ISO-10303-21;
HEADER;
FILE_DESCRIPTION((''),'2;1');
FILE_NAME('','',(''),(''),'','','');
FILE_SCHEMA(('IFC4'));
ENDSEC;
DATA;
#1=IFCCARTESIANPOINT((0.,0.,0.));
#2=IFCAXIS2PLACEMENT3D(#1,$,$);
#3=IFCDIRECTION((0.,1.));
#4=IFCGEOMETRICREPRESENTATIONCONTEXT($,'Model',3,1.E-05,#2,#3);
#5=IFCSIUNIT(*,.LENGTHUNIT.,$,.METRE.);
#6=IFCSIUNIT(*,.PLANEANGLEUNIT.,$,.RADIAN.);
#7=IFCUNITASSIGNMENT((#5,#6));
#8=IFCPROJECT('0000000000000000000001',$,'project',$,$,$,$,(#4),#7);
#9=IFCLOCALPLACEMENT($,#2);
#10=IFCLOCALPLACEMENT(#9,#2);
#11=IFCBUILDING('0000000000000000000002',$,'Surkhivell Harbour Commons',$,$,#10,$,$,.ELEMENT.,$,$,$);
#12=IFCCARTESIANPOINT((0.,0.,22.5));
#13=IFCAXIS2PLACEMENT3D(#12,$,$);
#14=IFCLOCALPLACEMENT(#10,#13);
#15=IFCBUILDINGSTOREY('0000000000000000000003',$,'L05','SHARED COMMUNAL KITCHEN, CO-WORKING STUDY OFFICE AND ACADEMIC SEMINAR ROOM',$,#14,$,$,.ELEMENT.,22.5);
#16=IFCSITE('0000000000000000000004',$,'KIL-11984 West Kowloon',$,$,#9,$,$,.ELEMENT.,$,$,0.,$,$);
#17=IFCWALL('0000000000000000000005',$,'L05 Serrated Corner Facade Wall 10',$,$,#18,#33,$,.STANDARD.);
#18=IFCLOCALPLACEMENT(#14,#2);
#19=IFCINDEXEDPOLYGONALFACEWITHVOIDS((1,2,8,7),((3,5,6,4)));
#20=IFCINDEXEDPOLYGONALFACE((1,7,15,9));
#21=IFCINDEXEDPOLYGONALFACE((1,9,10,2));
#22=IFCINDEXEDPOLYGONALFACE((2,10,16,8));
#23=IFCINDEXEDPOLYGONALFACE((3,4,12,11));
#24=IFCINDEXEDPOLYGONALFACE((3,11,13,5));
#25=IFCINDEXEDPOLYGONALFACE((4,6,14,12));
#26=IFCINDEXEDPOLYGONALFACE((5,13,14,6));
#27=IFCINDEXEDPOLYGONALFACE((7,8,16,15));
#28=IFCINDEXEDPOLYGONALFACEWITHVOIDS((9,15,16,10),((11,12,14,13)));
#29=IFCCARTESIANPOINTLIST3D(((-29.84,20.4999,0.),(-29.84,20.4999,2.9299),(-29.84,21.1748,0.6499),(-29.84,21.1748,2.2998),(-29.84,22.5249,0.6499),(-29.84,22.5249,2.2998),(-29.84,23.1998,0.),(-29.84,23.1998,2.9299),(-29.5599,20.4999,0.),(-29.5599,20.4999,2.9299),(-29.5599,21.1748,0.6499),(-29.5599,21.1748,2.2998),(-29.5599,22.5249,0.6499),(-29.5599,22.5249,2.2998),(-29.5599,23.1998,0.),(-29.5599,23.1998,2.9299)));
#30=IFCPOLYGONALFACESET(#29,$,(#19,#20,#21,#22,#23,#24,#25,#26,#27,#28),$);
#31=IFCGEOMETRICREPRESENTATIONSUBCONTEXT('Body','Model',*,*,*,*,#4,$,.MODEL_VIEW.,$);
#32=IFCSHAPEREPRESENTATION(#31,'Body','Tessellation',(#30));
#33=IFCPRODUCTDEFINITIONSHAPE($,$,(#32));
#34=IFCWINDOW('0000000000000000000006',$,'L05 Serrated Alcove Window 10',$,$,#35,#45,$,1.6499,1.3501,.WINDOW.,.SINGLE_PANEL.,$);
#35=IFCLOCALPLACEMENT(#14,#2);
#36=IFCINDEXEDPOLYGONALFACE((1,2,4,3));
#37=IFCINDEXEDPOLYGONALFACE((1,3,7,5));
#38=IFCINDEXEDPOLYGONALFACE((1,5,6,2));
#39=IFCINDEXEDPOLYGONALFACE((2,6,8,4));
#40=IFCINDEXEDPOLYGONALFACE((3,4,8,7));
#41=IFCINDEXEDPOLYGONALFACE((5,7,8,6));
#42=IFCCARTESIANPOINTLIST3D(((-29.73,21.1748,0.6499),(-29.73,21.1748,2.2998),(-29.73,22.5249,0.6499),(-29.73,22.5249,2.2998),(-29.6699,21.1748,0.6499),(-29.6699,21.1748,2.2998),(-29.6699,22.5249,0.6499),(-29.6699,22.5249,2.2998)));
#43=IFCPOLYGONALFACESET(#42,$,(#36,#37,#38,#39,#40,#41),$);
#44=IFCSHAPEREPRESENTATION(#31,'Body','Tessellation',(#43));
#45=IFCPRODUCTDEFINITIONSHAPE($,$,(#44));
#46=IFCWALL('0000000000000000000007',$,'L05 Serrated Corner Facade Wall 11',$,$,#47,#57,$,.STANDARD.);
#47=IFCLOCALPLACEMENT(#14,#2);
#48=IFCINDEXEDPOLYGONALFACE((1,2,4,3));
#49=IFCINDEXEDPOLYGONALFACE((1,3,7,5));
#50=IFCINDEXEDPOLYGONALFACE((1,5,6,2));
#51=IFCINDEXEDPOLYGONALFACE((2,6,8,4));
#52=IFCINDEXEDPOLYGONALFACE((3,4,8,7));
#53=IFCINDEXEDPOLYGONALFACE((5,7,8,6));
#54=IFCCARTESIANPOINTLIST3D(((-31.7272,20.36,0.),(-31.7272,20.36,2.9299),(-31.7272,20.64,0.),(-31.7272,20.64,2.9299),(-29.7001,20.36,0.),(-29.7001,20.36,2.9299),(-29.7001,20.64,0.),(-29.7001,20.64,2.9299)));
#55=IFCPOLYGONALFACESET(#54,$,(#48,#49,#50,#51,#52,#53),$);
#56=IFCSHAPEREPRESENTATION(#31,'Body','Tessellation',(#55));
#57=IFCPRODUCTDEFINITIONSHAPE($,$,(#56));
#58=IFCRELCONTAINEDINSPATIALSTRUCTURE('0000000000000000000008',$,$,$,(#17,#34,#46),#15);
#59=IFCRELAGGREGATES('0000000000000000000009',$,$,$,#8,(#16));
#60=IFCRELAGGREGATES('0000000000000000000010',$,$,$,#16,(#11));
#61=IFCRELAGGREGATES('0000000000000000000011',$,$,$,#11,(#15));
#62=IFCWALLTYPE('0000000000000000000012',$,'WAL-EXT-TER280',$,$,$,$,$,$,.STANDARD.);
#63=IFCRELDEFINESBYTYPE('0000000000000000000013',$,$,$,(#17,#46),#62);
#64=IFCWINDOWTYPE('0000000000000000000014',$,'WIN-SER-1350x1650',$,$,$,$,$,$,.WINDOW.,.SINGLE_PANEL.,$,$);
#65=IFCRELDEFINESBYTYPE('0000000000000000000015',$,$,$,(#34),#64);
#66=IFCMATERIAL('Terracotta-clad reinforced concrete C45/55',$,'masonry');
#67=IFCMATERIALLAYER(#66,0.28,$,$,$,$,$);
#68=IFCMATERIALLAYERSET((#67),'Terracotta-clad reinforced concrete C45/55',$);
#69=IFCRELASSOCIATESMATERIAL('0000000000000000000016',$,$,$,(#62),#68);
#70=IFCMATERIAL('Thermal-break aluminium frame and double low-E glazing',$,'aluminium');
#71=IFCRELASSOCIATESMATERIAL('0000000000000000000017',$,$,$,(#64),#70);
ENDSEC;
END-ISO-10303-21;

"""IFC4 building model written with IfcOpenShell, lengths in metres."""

from ifc_helpers import new_model, si_unit, direction, frame, frame_2d, origin, place, context, subcontext, project, spatial, rectangle, extrude, material, layer, layer_set, type_object, element, fill, save


model = new_model("IFC4")

# Units and contexts
model_context = context("Model", 3, precision=1e-05, world=origin(), true_north=direction((0.0, 1.0)))
body_context = subcontext(model_context, "Body", "Model", "MODEL_VIEW")
ifc_project = project(units=[si_unit("LENGTHUNIT", "METRE"), si_unit("PLANEANGLEUNIT", "RADIAN")], contexts=[model_context])

# Site, building, storey
site_placement = place(None, origin())
site = spatial("IfcSite", under=ifc_project, at=site_placement, Name="KIL-11984 West Kowloon", CompositionType="ELEMENT", RefElevation=0.0)
building_placement = place(site_placement, origin())
building = spatial("IfcBuilding", under=site, at=building_placement, Name="Surkhivell Harbour Commons", CompositionType="ELEMENT")
storey_placement = place(building_placement, frame((0.0, 0.0, 22.5)))
storey = spatial("IfcBuildingStorey", under=building, at=storey_placement, Name="L05", Description="SHARED COMMUNAL KITCHEN, CO-WORKING STUDY OFFICE AND ACADEMIC SEMINAR ROOM", CompositionType="ELEMENT", Elevation=22.5)

# Shared definitions
ifc_material_1 = material(Name="Terracotta-clad reinforced concrete C45/55", Category="masonry")
ifc_layer_1 = layer(ifc_material_1, 0.28)
ifc_layer_set_1 = layer_set([ifc_layer_1], Name="Terracotta-clad reinforced concrete C45/55")
wall_type = type_object("IfcWallType", Name="WAL-EXT-TER280", PredefinedType="STANDARD", material=ifc_layer_set_1)

# Wall, opening, window
wall_1_placement = place(storey_placement, frame((-29.7, 23.2, 0.0), z_axis=(0.0, 0.0, 1.0), x_axis=(0.0, -1.0, 0.0)))
wall_1 = element("IfcWall", 1, at=wall_1_placement, inside=storey, type_object=wall_type, Name="L05 Serrated Corner Facade Wall 10", PredefinedType="STANDARD", context=body_context, shape_type="SweptSolid", body=[
    extrude(rectangle(XDim=2.7, YDim=0.28, at=frame_2d((1.3501, 0.0))), origin(), (0.0, 0.0, 1.0), 2.9299),
])
opening_placement = place(wall_1_placement, frame((0.675, 0.0, 0.6499)))
opening = element("IfcOpeningElement", 2, at=opening_placement, cuts=wall_1, PredefinedType="OPENING", context=body_context, shape_type="SweptSolid", body=[
    extrude(rectangle(XDim=1.3501, YDim=1.6499, at=frame_2d((0.675, 0.825))), frame((0.0, 0.1499, 0.0), z_axis=(0.0, -1.0, 0.0), x_axis=(1.0, 0.0, 0.0)), (0.0, 0.0, 1.0), 0.3),
])
ifc_material_2 = material(Name="Thermal-break aluminium frame and double low-E glazing", Category="aluminium")
window_type = type_object("IfcWindowType", Name="WIN-SER-1350x1650", PartitioningType="SINGLE_PANEL", PredefinedType="WINDOW", material=ifc_material_2)
window_placement = place(opening_placement, origin())
window = element("IfcWindow", 3, at=window_placement, inside=storey, type_object=window_type, Name="L05 Serrated Alcove Window 10", OverallHeight=1.6499, OverallWidth=1.3501, PartitioningType="SINGLE_PANEL", PredefinedType="WINDOW", context=body_context, shape_type="SweptSolid", body=[
    extrude(rectangle(XDim=1.3501, YDim=1.6499, at=frame_2d((0.675, 0.825))), frame((0.0, 0.03, 0.0), z_axis=(0.0, -1.0, 0.0), x_axis=(1.0, 0.0, 0.0)), (0.0, 0.0, 1.0), 0.0601),
])
fill(opening, window)

# Wall
wall_2_placement = place(storey_placement, frame((-29.7, 20.5, 0.0), z_axis=(0.0, 0.0, 1.0), x_axis=(-1.0, 0.0, 0.0)))
element("IfcWall", 4, at=wall_2_placement, inside=storey, type_object=wall_type, Name="L05 Serrated Corner Facade Wall 11", PredefinedType="STANDARD", context=body_context, shape_type="SweptSolid", body=[
    extrude(rectangle(XDim=2.0271, YDim=0.28, at=frame_2d((1.0137, 0.0))), origin(), (0.0, 0.0, 1.0), 2.9299),
])

save(model, "model.ifc")
